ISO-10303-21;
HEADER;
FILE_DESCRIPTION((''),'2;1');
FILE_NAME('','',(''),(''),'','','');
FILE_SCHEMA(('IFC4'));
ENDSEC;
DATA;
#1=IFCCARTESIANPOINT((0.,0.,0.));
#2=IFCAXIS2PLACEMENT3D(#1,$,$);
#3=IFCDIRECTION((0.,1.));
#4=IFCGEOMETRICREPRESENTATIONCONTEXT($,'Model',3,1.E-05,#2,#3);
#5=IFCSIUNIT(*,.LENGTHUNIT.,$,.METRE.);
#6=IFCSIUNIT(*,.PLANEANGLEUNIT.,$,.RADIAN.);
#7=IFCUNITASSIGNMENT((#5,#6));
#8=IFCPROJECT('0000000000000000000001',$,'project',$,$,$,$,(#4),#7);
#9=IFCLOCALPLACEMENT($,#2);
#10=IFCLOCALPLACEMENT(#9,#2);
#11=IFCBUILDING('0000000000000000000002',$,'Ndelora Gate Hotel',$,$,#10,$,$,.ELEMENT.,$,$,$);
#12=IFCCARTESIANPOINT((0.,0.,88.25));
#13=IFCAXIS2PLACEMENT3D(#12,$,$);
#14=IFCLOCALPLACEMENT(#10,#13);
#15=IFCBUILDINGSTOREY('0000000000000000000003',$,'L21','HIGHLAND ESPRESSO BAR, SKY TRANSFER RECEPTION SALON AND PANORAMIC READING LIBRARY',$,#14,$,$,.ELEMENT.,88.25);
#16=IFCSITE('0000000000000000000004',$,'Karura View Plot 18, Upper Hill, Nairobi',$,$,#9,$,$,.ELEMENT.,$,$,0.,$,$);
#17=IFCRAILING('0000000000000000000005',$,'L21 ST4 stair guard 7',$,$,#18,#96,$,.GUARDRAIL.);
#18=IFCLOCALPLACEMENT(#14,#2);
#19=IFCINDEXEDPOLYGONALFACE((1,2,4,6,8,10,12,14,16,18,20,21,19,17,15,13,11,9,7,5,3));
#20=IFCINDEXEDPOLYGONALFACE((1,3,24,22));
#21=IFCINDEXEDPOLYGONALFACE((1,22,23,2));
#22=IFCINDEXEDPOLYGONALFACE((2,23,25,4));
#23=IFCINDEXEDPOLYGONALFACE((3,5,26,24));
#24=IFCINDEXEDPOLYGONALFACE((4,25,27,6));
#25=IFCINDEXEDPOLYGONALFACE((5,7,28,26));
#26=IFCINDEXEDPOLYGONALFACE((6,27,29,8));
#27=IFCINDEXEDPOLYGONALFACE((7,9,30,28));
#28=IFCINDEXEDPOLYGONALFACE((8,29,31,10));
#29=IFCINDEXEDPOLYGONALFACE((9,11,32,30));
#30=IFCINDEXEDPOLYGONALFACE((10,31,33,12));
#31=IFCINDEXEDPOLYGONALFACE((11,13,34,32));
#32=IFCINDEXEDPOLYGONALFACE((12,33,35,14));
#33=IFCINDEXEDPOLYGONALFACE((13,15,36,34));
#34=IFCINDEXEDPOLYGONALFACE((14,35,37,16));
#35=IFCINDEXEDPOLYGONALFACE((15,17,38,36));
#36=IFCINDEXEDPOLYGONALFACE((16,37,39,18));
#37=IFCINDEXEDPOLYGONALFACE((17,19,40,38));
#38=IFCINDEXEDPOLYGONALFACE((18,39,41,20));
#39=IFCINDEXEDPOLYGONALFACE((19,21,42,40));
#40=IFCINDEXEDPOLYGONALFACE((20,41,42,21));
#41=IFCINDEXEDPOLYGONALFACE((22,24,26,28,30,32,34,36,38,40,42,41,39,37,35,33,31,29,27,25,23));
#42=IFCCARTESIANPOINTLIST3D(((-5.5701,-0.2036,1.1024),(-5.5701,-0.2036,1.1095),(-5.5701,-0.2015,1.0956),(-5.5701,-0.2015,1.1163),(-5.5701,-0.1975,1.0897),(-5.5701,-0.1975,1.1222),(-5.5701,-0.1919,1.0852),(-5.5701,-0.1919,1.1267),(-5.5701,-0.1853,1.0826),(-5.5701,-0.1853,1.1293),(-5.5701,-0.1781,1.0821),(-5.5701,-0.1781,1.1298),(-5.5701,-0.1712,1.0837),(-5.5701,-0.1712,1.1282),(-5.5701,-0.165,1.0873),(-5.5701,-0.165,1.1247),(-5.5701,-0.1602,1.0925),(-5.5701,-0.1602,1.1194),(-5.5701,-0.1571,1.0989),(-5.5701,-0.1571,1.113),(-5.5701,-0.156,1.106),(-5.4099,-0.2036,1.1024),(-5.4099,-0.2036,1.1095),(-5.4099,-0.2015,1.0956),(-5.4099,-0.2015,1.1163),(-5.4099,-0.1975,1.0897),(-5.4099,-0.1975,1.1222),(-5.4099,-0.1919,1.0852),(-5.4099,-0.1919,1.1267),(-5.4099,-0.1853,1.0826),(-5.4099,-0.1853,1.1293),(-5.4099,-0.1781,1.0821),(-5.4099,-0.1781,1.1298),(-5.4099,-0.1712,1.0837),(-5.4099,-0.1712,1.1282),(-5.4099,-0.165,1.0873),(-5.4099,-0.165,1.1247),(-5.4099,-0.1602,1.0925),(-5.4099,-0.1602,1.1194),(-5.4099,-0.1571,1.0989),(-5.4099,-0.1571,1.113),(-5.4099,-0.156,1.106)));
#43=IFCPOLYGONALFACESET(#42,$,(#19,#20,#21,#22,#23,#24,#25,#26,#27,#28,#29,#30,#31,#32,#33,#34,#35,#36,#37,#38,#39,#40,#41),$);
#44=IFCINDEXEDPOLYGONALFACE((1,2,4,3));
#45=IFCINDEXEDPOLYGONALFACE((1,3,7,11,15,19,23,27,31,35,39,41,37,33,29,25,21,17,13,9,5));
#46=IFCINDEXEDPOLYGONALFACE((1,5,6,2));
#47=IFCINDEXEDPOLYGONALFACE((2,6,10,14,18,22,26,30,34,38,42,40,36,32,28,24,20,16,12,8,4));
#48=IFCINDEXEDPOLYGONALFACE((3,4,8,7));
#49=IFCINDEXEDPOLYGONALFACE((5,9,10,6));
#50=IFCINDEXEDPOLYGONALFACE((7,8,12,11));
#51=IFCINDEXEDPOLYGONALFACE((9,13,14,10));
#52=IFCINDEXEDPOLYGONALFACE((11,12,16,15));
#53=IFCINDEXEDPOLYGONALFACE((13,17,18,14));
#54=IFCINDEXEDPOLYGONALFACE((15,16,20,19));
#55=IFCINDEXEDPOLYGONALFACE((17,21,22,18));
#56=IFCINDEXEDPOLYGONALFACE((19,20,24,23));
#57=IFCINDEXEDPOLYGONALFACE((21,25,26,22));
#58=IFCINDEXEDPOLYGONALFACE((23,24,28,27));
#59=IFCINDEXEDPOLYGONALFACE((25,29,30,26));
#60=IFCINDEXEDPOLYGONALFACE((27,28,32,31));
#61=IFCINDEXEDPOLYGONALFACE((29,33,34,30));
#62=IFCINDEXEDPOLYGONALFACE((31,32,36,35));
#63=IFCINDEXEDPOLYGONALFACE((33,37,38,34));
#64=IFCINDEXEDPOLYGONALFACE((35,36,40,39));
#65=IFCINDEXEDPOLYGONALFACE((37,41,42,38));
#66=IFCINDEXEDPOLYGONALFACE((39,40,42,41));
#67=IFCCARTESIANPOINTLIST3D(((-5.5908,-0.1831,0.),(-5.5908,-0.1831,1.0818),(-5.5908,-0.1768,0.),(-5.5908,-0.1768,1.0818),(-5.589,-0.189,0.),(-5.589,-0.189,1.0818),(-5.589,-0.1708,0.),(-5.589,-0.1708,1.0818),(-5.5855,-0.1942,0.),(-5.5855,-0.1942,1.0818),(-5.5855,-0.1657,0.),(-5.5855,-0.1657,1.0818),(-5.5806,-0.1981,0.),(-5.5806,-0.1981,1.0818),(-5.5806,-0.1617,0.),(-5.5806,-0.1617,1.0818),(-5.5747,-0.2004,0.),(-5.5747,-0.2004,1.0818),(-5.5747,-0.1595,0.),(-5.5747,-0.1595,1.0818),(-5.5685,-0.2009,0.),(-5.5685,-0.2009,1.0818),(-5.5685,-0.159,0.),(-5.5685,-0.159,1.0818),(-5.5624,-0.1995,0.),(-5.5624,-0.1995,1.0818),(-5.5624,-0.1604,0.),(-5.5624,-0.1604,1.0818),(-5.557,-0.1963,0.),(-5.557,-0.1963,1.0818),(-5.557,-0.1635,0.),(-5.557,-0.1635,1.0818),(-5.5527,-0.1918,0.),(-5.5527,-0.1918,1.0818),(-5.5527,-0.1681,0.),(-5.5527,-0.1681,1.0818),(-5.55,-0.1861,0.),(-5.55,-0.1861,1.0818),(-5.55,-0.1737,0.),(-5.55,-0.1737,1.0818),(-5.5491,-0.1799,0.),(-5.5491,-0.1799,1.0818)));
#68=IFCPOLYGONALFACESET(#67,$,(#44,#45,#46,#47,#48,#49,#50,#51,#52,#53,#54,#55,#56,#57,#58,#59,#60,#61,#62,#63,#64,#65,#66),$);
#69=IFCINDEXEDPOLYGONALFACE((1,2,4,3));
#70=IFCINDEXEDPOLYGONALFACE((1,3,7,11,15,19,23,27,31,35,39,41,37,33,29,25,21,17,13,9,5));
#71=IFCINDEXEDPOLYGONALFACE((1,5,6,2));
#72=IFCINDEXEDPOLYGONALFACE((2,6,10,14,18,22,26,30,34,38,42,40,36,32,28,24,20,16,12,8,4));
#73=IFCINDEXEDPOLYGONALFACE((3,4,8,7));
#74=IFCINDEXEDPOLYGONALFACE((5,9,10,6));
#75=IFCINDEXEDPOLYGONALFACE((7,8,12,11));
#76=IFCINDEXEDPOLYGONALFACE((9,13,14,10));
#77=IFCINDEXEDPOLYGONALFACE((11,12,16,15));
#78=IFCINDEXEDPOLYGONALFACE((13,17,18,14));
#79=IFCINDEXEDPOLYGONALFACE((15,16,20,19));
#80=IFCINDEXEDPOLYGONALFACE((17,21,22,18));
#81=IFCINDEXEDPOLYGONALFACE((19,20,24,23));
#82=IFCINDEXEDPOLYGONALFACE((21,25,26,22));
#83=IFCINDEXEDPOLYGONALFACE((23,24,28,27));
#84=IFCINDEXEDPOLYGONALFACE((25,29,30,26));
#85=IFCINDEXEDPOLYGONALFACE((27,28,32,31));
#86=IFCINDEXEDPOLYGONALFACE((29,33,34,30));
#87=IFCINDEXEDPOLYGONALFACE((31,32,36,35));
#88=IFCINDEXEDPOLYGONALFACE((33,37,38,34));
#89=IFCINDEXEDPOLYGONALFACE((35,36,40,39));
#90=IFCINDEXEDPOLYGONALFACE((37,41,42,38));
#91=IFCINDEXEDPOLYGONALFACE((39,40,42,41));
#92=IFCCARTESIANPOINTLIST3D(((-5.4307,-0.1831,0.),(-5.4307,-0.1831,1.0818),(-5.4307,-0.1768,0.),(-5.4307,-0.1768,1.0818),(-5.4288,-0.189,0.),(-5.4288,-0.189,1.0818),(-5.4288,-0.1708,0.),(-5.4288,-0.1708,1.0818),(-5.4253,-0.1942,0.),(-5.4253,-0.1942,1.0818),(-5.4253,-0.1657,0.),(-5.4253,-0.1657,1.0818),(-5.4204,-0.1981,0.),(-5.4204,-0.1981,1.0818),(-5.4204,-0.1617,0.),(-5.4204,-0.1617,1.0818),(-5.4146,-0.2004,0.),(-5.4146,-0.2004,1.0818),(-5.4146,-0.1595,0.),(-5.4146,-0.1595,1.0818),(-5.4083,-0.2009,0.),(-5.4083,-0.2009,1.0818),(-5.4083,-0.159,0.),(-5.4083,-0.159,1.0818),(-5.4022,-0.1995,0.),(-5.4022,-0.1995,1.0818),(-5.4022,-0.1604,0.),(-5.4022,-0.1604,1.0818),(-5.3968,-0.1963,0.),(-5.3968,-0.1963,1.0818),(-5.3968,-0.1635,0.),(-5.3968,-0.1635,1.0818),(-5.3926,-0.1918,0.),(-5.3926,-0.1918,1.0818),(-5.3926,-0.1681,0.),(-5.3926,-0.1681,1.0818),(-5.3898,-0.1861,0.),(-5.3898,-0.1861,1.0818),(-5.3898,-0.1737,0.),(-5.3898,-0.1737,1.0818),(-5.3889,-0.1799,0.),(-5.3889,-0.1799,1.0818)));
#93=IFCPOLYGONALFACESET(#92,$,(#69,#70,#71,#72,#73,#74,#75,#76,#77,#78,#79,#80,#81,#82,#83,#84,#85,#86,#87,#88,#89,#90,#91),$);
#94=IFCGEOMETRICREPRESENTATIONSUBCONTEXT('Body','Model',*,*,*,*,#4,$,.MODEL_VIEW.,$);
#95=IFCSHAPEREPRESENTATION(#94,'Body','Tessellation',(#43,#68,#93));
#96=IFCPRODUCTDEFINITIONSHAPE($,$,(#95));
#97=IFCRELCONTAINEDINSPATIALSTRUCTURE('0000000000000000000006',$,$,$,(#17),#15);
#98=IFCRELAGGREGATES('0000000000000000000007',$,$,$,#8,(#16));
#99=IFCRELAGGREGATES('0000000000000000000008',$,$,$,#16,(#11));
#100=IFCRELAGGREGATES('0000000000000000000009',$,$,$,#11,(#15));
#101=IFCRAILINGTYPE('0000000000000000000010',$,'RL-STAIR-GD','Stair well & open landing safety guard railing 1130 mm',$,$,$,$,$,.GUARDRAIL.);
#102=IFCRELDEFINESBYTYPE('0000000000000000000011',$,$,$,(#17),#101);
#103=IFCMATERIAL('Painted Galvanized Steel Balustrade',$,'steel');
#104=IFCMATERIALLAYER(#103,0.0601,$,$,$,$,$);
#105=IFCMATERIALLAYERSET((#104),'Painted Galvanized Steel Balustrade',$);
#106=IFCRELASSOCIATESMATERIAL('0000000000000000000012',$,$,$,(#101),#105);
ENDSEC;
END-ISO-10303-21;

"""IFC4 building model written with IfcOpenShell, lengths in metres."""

from ifc_helpers import new_model, si_unit, direction, frame, origin, origin_2d, place, context, subcontext, project, spatial, circle, extrude, material, layer, layer_set, type_object, element, save


model = new_model("IFC4")

# Units and contexts
model_context = context("Model", 3, precision=1e-05, world=origin(), true_north=direction((0.0, 1.0)))
body_context = subcontext(model_context, "Body", "Model", "MODEL_VIEW")
ifc_project = project(units=[si_unit("LENGTHUNIT", "METRE"), si_unit("PLANEANGLEUNIT", "RADIAN")], contexts=[model_context])

# Site, building, storey
site_placement = place(None, origin())
site = spatial("IfcSite", under=ifc_project, at=site_placement, Name="Karura View Plot 18, Upper Hill, Nairobi", CompositionType="ELEMENT", RefElevation=0.0)
building_placement = place(site_placement, origin())
building = spatial("IfcBuilding", under=site, at=building_placement, Name="Ndelora Gate Hotel", CompositionType="ELEMENT")
storey_placement = place(building_placement, frame((0.0, 0.0, 88.25)))
storey = spatial("IfcBuildingStorey", under=building, at=storey_placement, Name="L21", Description="HIGHLAND ESPRESSO BAR, SKY TRANSFER RECEPTION SALON AND PANORAMIC READING LIBRARY", CompositionType="ELEMENT", Elevation=88.25)

# Railing
ifc_material_1 = material(Name="Painted Galvanized Steel Balustrade", Category="steel")
ifc_layer_1 = layer(ifc_material_1, 0.0601)
ifc_layer_set_1 = layer_set([ifc_layer_1], Name="Painted Galvanized Steel Balustrade")
railing_type_1 = type_object("IfcRailingType", Name="RL-STAIR-GD", Description="Stair well & open landing safety guard railing 1130 mm", PredefinedType="GUARDRAIL", material=ifc_layer_set_1)
railing_1_placement = place(storey_placement, frame((-5.5701, -0.1799, 0.0)))
element("IfcRailing", 1, at=railing_1_placement, inside=storey, type_object=railing_type_1, Name="L21 ST4 stair guard 7", PredefinedType="GUARDRAIL", context=body_context, shape_type="SweptSolid", body=[
    extrude(circle(Radius=0.0239, at=origin_2d()), frame((0.0, 0.0, 1.106), z_axis=(1.0, 0.0, 0.0), x_axis=(0.0, 1.0, 0.0)), (0.0, 0.0, 1.0), 0.1602),
    extrude(circle(Radius=0.021, at=origin_2d()), origin(), (0.0, 0.0, 1.0), 1.0818),
    extrude(circle(Radius=0.021, at=origin_2d()), frame((0.1602, 0.0, 0.0)), (0.0, 0.0, 1.0), 1.0818),
])

save(model, "model.ifc")
